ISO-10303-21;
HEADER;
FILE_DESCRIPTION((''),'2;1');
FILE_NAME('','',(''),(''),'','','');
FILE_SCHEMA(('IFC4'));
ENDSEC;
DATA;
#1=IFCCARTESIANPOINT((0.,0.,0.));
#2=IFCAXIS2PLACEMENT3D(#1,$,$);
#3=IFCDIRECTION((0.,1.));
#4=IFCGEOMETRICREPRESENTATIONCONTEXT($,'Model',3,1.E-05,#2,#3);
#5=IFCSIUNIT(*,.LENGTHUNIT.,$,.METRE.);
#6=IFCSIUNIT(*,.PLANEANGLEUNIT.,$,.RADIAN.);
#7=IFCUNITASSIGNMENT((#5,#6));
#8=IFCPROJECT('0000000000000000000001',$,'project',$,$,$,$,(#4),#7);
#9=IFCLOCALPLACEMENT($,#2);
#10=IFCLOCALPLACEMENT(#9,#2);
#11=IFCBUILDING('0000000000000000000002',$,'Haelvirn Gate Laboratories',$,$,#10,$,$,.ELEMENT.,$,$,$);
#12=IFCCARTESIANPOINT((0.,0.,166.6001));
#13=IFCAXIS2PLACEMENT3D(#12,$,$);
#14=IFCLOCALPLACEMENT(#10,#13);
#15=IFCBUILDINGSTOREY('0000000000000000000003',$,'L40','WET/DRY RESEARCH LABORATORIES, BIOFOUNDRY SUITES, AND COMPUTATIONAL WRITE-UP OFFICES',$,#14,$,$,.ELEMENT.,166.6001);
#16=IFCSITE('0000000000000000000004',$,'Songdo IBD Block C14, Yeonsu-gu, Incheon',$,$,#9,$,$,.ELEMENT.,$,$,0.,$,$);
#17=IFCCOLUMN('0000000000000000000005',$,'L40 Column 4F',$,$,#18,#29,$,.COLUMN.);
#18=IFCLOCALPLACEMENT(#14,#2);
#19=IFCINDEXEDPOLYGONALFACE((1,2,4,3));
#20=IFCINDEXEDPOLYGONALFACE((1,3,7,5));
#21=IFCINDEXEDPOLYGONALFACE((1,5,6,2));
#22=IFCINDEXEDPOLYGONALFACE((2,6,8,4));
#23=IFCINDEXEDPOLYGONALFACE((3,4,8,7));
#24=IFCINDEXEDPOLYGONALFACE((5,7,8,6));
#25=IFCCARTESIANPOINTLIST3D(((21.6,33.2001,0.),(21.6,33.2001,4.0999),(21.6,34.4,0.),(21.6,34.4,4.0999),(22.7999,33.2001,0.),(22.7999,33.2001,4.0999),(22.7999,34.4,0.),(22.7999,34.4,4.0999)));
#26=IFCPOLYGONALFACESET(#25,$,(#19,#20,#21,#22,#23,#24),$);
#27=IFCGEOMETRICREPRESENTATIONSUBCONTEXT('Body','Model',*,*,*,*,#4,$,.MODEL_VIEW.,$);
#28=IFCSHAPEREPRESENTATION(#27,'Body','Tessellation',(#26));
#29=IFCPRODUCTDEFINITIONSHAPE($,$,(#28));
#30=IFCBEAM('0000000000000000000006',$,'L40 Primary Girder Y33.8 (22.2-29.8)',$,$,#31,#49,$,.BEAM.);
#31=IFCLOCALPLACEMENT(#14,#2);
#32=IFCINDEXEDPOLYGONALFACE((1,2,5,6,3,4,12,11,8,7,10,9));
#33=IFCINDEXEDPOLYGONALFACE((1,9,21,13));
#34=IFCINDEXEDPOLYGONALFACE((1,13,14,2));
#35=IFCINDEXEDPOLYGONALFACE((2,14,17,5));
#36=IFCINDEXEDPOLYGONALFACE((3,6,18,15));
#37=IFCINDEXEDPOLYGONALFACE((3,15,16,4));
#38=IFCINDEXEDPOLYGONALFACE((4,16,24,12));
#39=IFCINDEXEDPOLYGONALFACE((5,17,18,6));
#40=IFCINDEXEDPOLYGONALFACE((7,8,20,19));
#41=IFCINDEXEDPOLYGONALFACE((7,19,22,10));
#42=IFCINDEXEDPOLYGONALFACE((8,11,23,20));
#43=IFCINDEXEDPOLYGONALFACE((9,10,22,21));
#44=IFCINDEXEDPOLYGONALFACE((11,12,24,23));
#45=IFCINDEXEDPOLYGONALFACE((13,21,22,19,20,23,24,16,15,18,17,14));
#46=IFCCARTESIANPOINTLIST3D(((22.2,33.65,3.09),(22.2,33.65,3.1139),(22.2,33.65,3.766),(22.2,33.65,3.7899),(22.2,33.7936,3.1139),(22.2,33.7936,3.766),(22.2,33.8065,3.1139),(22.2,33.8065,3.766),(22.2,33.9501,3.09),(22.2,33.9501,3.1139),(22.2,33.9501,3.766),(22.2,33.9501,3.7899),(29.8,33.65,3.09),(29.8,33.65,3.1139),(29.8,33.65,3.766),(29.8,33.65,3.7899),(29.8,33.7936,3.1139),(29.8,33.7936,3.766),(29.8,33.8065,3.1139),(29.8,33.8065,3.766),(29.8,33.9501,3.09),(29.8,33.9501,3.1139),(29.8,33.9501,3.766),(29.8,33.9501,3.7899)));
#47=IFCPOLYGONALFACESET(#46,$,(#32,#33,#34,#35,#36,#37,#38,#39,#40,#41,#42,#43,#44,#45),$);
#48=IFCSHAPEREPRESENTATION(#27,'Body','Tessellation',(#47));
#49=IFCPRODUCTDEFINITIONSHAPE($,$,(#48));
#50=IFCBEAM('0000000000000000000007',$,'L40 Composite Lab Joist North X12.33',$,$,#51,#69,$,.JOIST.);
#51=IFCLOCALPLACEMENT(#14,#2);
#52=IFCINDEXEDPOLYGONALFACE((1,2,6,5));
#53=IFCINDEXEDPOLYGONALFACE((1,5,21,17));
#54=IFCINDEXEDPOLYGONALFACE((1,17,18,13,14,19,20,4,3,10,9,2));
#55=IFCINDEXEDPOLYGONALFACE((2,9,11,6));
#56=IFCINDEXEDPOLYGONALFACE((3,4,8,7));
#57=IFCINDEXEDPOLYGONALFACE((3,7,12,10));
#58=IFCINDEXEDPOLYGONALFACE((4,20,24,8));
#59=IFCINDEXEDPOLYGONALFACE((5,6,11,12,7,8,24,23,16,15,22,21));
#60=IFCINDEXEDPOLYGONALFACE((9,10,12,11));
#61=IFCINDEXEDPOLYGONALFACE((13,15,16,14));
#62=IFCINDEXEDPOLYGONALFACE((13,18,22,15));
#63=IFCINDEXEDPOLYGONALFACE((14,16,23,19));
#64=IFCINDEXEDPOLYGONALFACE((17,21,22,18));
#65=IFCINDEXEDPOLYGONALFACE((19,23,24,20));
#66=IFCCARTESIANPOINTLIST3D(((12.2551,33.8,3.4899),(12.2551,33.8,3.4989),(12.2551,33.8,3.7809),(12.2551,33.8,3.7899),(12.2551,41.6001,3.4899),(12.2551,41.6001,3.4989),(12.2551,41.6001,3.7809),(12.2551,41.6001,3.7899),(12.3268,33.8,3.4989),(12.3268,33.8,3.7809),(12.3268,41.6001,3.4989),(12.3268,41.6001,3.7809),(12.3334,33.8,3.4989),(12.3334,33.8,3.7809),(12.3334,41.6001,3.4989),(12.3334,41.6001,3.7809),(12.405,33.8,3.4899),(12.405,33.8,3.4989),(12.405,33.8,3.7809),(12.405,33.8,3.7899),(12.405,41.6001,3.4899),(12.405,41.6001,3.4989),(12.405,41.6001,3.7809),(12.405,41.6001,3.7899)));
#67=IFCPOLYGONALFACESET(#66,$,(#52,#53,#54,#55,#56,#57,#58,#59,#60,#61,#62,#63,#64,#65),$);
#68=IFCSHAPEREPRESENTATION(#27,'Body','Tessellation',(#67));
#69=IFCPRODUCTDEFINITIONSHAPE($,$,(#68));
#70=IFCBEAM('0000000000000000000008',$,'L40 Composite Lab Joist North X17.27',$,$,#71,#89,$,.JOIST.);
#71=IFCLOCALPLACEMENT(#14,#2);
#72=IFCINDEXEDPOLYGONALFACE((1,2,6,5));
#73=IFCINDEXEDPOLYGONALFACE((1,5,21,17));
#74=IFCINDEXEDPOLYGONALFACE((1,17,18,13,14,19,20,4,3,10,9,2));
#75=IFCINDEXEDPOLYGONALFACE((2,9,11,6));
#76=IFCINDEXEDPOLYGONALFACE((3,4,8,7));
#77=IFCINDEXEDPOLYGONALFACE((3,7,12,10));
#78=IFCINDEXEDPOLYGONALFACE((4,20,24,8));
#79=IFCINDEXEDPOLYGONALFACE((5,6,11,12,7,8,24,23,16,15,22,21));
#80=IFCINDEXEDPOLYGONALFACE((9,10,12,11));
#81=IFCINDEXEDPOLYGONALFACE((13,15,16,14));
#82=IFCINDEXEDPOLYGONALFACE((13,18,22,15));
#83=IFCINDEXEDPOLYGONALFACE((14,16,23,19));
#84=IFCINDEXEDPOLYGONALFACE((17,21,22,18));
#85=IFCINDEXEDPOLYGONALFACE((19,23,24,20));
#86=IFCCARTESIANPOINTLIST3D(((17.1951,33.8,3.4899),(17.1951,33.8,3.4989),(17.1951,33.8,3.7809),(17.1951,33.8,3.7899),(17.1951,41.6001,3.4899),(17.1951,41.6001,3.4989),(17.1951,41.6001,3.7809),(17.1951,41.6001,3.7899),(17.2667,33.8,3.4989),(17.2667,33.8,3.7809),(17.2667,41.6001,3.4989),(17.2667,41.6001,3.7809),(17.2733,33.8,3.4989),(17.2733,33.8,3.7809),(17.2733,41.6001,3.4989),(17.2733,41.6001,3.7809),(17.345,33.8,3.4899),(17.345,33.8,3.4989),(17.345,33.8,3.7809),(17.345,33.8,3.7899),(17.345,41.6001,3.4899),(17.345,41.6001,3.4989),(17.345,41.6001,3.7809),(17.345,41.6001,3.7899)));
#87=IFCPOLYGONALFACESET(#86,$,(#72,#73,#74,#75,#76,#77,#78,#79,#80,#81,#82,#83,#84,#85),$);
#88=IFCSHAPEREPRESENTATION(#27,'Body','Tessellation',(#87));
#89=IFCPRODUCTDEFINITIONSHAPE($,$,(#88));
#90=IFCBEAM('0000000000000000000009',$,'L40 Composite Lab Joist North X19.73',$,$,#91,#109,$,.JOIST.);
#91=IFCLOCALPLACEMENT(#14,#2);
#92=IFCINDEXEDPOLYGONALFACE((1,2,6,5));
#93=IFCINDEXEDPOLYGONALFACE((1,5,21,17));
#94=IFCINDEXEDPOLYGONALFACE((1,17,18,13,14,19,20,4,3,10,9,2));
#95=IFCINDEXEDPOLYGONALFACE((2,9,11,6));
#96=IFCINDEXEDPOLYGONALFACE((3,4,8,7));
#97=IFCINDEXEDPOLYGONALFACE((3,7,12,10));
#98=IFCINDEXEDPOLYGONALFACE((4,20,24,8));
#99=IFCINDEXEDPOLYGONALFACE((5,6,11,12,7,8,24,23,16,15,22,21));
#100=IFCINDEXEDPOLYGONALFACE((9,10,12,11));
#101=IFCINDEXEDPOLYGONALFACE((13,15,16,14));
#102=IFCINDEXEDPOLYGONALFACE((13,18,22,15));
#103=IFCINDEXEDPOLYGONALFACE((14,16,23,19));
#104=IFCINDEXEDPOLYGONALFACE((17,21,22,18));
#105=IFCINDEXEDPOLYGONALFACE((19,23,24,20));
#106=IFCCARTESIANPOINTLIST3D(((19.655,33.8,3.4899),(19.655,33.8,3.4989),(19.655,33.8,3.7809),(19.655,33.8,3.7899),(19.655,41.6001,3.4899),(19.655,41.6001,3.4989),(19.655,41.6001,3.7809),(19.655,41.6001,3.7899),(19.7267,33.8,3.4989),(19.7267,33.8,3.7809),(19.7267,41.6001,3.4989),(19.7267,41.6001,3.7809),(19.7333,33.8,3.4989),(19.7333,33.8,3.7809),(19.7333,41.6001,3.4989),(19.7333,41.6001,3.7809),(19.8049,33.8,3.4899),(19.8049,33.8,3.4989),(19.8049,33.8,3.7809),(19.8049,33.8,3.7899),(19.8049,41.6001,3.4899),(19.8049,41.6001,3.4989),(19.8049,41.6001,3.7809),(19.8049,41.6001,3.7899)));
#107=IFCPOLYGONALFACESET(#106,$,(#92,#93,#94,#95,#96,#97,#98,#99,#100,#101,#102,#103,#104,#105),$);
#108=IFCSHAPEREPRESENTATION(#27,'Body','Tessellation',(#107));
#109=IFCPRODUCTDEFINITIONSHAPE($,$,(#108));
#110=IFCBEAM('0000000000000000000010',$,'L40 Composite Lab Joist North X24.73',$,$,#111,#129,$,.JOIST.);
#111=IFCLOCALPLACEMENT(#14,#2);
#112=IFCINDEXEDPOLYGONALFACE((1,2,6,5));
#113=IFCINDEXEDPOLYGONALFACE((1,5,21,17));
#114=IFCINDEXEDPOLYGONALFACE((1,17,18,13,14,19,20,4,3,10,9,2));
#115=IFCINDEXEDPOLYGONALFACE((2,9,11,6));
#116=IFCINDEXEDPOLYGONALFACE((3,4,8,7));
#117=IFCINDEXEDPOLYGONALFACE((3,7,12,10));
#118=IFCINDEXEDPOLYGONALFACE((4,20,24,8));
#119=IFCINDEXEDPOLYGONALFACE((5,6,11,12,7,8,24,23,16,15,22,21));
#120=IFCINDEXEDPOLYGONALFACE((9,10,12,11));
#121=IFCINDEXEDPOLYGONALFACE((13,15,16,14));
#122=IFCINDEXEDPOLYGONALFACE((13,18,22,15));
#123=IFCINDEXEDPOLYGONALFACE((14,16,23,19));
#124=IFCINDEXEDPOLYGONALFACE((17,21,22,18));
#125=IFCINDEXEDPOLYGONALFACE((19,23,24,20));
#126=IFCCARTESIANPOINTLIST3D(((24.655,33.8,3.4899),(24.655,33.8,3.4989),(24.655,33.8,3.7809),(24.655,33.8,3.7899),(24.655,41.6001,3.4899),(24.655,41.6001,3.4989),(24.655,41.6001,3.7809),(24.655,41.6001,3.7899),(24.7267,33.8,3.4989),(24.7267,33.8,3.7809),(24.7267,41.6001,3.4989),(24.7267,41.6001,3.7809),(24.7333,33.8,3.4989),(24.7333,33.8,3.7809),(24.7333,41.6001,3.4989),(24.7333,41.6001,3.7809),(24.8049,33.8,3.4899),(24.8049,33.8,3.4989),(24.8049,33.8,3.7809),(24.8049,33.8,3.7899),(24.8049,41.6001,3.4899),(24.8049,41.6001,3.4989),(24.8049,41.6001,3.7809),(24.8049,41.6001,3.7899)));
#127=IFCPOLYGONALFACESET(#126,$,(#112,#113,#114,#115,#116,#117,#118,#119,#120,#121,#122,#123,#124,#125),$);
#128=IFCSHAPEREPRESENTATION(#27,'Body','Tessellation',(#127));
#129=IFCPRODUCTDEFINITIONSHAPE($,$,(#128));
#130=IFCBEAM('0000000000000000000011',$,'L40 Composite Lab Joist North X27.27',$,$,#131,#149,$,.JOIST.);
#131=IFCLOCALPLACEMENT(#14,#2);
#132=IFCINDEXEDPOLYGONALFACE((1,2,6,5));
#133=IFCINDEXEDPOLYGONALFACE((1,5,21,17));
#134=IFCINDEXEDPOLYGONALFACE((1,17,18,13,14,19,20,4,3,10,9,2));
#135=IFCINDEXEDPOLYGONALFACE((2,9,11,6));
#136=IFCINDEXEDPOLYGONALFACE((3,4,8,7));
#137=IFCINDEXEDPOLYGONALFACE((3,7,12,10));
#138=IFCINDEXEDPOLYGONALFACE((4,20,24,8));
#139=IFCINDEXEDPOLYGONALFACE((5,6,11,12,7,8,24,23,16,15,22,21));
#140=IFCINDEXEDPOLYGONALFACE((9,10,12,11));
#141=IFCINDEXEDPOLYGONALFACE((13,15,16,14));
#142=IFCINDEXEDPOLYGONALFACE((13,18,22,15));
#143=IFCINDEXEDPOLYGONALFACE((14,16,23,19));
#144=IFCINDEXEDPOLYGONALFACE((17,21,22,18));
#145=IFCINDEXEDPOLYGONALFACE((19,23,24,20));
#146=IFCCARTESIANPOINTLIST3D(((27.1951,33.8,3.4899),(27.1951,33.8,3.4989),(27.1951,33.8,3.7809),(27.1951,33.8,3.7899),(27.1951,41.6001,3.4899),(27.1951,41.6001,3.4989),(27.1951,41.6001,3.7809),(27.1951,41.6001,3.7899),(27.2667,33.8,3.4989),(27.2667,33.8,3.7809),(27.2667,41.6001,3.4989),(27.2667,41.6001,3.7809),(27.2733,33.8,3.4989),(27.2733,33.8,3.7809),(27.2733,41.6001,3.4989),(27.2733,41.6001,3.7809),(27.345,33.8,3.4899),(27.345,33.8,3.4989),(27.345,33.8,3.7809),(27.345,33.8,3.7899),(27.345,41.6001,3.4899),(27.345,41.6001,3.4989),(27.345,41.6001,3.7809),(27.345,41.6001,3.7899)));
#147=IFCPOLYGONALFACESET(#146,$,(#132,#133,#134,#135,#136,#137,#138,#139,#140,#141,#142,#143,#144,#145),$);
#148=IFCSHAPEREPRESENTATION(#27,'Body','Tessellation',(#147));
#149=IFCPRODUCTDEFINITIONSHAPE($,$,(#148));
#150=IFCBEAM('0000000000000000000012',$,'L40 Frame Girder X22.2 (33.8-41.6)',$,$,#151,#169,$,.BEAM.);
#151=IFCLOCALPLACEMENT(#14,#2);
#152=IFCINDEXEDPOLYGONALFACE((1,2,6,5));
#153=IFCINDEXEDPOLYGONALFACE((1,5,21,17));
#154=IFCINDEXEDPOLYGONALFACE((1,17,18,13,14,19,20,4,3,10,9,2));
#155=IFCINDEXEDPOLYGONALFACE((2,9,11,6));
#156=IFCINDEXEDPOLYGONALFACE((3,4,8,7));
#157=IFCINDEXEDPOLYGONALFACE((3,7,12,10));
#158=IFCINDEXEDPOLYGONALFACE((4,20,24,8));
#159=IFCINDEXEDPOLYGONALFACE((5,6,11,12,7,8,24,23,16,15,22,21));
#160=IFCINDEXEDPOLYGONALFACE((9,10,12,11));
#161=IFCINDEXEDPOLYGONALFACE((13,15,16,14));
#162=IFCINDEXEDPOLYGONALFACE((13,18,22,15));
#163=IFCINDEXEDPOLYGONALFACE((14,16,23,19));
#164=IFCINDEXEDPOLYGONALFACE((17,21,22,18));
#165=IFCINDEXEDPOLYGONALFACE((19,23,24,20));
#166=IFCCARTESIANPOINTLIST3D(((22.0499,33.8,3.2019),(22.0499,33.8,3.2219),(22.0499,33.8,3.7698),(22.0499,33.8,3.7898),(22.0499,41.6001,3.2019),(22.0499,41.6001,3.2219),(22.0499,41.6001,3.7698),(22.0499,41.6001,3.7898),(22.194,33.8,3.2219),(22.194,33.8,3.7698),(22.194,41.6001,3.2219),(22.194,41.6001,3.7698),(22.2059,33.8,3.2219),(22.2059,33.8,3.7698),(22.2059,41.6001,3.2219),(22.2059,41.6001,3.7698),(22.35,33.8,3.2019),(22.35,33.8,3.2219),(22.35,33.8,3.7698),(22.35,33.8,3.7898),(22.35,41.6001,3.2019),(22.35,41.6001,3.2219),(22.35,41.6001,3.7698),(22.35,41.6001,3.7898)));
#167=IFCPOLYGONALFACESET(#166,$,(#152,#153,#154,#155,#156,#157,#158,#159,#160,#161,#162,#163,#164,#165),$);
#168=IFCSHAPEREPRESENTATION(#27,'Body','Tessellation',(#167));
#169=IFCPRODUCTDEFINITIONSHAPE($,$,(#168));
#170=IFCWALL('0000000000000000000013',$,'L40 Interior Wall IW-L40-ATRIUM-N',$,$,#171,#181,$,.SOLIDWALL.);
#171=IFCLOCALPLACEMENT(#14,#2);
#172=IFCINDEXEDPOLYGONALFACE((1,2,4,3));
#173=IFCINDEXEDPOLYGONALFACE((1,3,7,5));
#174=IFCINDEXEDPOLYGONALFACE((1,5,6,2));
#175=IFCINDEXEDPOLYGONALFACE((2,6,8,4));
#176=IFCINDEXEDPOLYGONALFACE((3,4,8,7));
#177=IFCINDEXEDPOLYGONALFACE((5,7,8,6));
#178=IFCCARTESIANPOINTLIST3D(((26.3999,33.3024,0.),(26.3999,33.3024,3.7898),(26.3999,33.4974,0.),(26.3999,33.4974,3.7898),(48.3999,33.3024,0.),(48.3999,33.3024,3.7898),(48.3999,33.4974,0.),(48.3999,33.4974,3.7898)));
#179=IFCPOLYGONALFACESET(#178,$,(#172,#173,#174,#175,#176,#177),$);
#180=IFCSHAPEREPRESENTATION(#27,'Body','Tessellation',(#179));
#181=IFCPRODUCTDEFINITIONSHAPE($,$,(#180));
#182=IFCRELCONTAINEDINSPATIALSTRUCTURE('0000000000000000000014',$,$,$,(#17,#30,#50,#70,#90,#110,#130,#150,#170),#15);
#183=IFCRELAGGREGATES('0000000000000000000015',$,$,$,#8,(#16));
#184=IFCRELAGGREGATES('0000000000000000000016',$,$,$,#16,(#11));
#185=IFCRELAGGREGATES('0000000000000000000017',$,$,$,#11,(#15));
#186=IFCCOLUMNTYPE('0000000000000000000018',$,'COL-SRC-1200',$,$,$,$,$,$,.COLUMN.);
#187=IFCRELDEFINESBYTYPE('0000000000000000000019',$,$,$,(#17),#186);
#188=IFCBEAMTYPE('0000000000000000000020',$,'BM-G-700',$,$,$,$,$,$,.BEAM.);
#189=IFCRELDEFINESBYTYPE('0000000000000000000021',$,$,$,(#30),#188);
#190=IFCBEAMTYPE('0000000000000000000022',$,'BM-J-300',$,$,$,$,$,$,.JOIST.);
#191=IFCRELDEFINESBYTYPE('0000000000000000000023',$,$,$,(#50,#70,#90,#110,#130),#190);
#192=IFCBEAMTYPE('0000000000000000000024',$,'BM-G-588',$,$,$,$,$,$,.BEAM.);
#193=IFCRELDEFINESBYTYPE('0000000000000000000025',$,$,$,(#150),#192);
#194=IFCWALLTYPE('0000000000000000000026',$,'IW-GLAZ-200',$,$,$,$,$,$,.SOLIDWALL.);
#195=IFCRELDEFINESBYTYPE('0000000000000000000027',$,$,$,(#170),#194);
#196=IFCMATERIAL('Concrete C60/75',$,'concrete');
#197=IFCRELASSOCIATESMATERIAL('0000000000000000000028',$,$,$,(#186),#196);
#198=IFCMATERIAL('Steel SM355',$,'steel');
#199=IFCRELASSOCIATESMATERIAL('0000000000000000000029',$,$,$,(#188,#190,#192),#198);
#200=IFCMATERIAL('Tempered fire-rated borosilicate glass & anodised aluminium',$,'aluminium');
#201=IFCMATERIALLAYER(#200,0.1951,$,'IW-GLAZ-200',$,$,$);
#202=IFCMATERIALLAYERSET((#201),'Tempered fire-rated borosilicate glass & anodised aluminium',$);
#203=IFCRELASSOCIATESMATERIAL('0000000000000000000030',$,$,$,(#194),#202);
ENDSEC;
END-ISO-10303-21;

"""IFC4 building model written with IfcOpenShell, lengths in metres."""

from ifc_helpers import new_model, si_unit, direction, frame, frame_2d, origin, origin_2d, place, context, subcontext, project, spatial, rectangle, i_section, extrude, source, transform, mapped, material, layer, layer_set, material_profile, profile_set, type_object, type_shapes, element, save


model = new_model("IFC4")

# Units and contexts
model_context = context("Model", 3, precision=1e-05, world=origin(), true_north=direction((0.0, 1.0)))
body_context = subcontext(model_context, "Body", "Model", "MODEL_VIEW")
ifc_project = project(units=[si_unit("LENGTHUNIT", "METRE"), si_unit("PLANEANGLEUNIT", "RADIAN")], contexts=[model_context])

# Site, building, storey
site_placement = place(None, origin())
site = spatial("IfcSite", under=ifc_project, at=site_placement, Name="Songdo IBD Block C14, Yeonsu-gu, Incheon", CompositionType="ELEMENT", RefElevation=0.0)
building_placement = place(site_placement, origin())
building = spatial("IfcBuilding", under=site, at=building_placement, Name="Haelvirn Gate Laboratories", CompositionType="ELEMENT")
storey_placement = place(building_placement, frame((0.0, 0.0, 166.6001)))
storey = spatial("IfcBuildingStorey", under=building, at=storey_placement, Name="L40", Description="WET/DRY RESEARCH LABORATORIES, BIOFOUNDRY SUITES, AND COMPUTATIONAL WRITE-UP OFFICES", CompositionType="ELEMENT", Elevation=166.6001)

# Column
ifc_material_1 = material(Name="Concrete C60/75", Category="concrete")
ifc_material_profile_1 = material_profile(ifc_material_1, rectangle(XDim=1.2, YDim=1.2, at=origin_2d()), Name="SRC-1200x1200")
ifc_profile_set_1 = profile_set([ifc_material_profile_1], Name="Concrete C60/75")
column_type = type_object("IfcColumnType", Name="COL-SRC-1200", PredefinedType="COLUMN", material=ifc_profile_set_1)
shared_shape_1 = source(origin(), body_context, "Body", "SweptSolid", [
    extrude(rectangle(XDim=1.2, YDim=1.2, at=origin_2d()), origin(), (0.0, 0.0, 1.0), 4.0999),
])
type_shapes(column_type, [shared_shape_1])
column_placement = place(storey_placement, frame((22.2, 33.8, 0.0), z_axis=(0.0, 0.0, 1.0), x_axis=(1.0, 0.0, 0.0)))
element("IfcColumn", 1, at=column_placement, inside=storey, type_object=column_type, Name="L40 Column 4F", PredefinedType="COLUMN", context=body_context, shape_type="MappedRepresentation", body=[
    mapped(shared_shape_1, transform((0.0, 0.0, 0.0), scale=1.0)),
])

# Beams
ifc_material_2 = material(Name="Steel SM355", Category="steel")
ifc_material_profile_2 = material_profile(ifc_material_2, i_section(OverallWidth=0.3, OverallDepth=0.7, WebThickness=0.0129, FlangeThickness=0.0239, at=origin_2d()), Name="H-700x300x13x24")
ifc_profile_set_2 = profile_set([ifc_material_profile_2], Name="Steel SM355")
beam_type_1 = type_object("IfcBeamType", Name="BM-G-700", PredefinedType="BEAM", material=ifc_profile_set_2)
shared_shape_2 = source(origin(), body_context, "Body", "SweptSolid", [
    extrude(i_section(OverallWidth=0.3, OverallDepth=0.7, WebThickness=0.0129, FlangeThickness=0.0239, at=origin_2d()), origin(), (0.0, 0.0, 1.0), 7.6001),
])
type_shapes(beam_type_1, [shared_shape_2])
beam_1_placement = place(storey_placement, frame((22.2, 33.8, 3.4399), z_axis=(1.0, 0.0, 0.0), x_axis=(0.0, 1.0, 0.0)))
element("IfcBeam", 2, at=beam_1_placement, inside=storey, type_object=beam_type_1, Name="L40 Primary Girder Y33.8 (22.2-29.8)", PredefinedType="BEAM", context=body_context, shape_type="MappedRepresentation", body=[
    mapped(shared_shape_2, transform((0.0, 0.0, 0.0), scale=1.0)),
])
ifc_material_profile_3 = material_profile(ifc_material_2, i_section(OverallWidth=0.1499, OverallDepth=0.3, WebThickness=0.0066, FlangeThickness=0.009, at=origin_2d()), Name="H-300x150x6.5x9")
ifc_profile_set_3 = profile_set([ifc_material_profile_3], Name="Steel SM355")
beam_type_2 = type_object("IfcBeamType", Name="BM-J-300", PredefinedType="JOIST", material=ifc_profile_set_3)
shared_shape_3 = source(origin(), body_context, "Body", "SweptSolid", [
    extrude(i_section(OverallWidth=0.1499, OverallDepth=0.3, WebThickness=0.0066, FlangeThickness=0.009, at=origin_2d()), origin(), (0.0, 0.0, 1.0), 7.8),
])
type_shapes(beam_type_2, [shared_shape_3])
for number, where, z_axis, x_axis, name in (
    (3, (12.3301, 33.8, 3.6399), (0.0, 1.0, 0.0), (-1.0, 0.0, 0.0), "L40 Composite Lab Joist North X12.33"),
    (4, (17.27, 33.8, 3.6399), (0.0, 1.0, 0.0), (-1.0, 0.0, 0.0), "L40 Composite Lab Joist North X17.27"),
    (5, (19.73, 33.8, 3.6399), (0.0, 1.0, 0.0), (-1.0, 0.0, 0.0), "L40 Composite Lab Joist North X19.73"),
    (6, (24.73, 33.8, 3.6399), (0.0, 1.0, 0.0), (-1.0, 0.0, 0.0), "L40 Composite Lab Joist North X24.73"),
    (7, (27.27, 33.8, 3.6399), (0.0, 1.0, 0.0), (-1.0, 0.0, 0.0), "L40 Composite Lab Joist North X27.27"),
):
    element("IfcBeam", number, at=place(storey_placement, frame(where, z_axis=z_axis, x_axis=x_axis)), inside=storey, type_object=beam_type_2, Name=name, PredefinedType="JOIST", context=body_context, shape_type="MappedRepresentation", body=[
        mapped(shared_shape_3, transform((0.0, 0.0, 0.0), scale=1.0)),
    ])
ifc_material_profile_4 = material_profile(ifc_material_2, i_section(OverallWidth=0.3, OverallDepth=0.5879, WebThickness=0.012, FlangeThickness=0.02, at=origin_2d()), Name="H-588x300x12x20")
ifc_profile_set_4 = profile_set([ifc_material_profile_4], Name="Steel SM355")
beam_type_3 = type_object("IfcBeamType", Name="BM-G-588", PredefinedType="BEAM", material=ifc_profile_set_4)
shared_shape_4 = source(origin(), body_context, "Body", "SweptSolid", [
    extrude(i_section(OverallWidth=0.3, OverallDepth=0.5879, WebThickness=0.012, FlangeThickness=0.02, at=origin_2d()), origin(), (0.0, 0.0, 1.0), 7.8),
])
type_shapes(beam_type_3, [shared_shape_4])
beam_2_placement = place(storey_placement, frame((22.2, 33.8, 3.4958), z_axis=(0.0, 1.0, 0.0), x_axis=(-1.0, 0.0, 0.0)))
element("IfcBeam", 8, at=beam_2_placement, inside=storey, type_object=beam_type_3, Name="L40 Frame Girder X22.2 (33.8-41.6)", PredefinedType="BEAM", context=body_context, shape_type="MappedRepresentation", body=[
    mapped(shared_shape_4, transform((0.0, 0.0, 0.0), scale=1.0)),
])

# Wall
ifc_material_3 = material(Name="Tempered fire-rated borosilicate glass & anodised aluminium", Category="aluminium")
ifc_layer_1 = layer(ifc_material_3, 0.1951, Name="IW-GLAZ-200")
ifc_layer_set_1 = layer_set([ifc_layer_1], Name="Tempered fire-rated borosilicate glass & anodised aluminium")
wall_type_1 = type_object("IfcWallType", Name="IW-GLAZ-200", PredefinedType="SOLIDWALL", material=ifc_layer_set_1)
wall_1_placement = place(storey_placement, frame((26.3999, 33.3999, 0.0), z_axis=(0.0, 0.0, 1.0), x_axis=(1.0, 0.0, 0.0)))
element("IfcWall", 9, at=wall_1_placement, inside=storey, type_object=wall_type_1, Name="L40 Interior Wall IW-L40-ATRIUM-N", PredefinedType="SOLIDWALL", context=body_context, shape_type="SweptSolid", body=[
    extrude(rectangle(XDim=22.0, YDim=0.1951, at=frame_2d((11.0, 0.0))), origin(), (0.0, 0.0, 1.0), 3.7898),
])

save(model, "model.ifc")
